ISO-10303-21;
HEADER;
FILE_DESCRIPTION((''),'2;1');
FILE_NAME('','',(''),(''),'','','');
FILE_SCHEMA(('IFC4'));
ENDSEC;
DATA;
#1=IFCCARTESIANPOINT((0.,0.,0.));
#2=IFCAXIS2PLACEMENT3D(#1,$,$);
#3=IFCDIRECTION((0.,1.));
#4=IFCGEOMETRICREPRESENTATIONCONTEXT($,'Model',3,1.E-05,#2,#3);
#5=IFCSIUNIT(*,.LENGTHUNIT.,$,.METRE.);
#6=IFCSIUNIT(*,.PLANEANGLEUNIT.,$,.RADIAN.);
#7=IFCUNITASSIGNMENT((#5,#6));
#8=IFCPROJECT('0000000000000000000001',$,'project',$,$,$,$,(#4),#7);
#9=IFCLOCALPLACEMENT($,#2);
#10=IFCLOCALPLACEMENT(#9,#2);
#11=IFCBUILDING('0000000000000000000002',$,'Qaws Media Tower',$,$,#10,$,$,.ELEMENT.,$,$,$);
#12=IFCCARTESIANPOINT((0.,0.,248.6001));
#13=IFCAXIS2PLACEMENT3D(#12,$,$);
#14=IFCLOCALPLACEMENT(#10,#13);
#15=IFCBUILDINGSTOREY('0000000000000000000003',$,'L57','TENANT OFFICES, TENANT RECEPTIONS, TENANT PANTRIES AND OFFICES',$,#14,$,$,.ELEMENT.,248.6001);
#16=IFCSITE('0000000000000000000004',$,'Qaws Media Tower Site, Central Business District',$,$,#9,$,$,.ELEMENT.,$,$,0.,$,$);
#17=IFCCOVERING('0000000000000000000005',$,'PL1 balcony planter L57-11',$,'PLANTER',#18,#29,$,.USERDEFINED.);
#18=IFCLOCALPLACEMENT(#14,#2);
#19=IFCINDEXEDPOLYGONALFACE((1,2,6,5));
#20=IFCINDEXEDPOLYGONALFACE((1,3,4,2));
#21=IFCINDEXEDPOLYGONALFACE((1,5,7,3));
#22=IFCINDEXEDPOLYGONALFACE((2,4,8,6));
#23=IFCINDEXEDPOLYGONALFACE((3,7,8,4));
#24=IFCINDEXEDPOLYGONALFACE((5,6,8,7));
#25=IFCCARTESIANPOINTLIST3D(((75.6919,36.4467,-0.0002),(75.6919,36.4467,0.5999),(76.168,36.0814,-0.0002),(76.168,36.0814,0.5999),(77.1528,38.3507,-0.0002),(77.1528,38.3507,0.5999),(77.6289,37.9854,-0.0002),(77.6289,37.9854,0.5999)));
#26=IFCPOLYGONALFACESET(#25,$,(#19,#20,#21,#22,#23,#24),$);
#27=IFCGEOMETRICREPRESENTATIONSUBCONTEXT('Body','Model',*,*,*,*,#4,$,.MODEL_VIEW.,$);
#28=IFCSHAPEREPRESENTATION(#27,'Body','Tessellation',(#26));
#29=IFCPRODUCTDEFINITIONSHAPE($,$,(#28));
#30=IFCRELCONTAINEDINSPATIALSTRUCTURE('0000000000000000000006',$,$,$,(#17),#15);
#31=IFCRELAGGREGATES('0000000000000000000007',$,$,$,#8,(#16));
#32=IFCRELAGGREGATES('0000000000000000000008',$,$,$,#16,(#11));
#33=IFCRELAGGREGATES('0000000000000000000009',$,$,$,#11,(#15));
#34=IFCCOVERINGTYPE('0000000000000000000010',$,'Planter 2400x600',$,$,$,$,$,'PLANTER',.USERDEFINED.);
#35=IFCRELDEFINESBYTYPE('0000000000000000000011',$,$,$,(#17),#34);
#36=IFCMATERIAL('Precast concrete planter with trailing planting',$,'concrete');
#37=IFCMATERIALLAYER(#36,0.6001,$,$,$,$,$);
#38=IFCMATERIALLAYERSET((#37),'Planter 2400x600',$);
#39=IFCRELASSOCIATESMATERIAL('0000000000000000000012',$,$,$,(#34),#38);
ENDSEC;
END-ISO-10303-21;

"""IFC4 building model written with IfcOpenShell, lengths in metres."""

from ifc_helpers import new_model, si_unit, direction, frame, origin, origin_2d, place, context, subcontext, project, spatial, rectangle, extrude, material, layer, layer_set, type_object, element, save


model = new_model("IFC4")

# Units and contexts
model_context = context("Model", 3, precision=1e-05, world=origin(), true_north=direction((0.0, 1.0)))
body_context = subcontext(model_context, "Body", "Model", "MODEL_VIEW")
ifc_project = project(units=[si_unit("LENGTHUNIT", "METRE"), si_unit("PLANEANGLEUNIT", "RADIAN")], contexts=[model_context])

# Site, building, storey
site_placement = place(None, origin())
site = spatial("IfcSite", under=ifc_project, at=site_placement, Name="Qaws Media Tower Site, Central Business District", CompositionType="ELEMENT", RefElevation=0.0)
building_placement = place(site_placement, origin())
building = spatial("IfcBuilding", under=site, at=building_placement, Name="Qaws Media Tower", CompositionType="ELEMENT")
storey_placement = place(building_placement, frame((0.0, 0.0, 248.6001)))
storey = spatial("IfcBuildingStorey", under=building, at=storey_placement, Name="L57", Description="TENANT OFFICES, TENANT RECEPTIONS, TENANT PANTRIES AND OFFICES", CompositionType="ELEMENT", Elevation=248.6001)

# Covering
ifc_material_1 = material(Name="Precast concrete planter with trailing planting", Category="concrete")
ifc_layer_1 = layer(ifc_material_1, 0.6001)
ifc_layer_set_1 = layer_set([ifc_layer_1], Name="Planter 2400x600")
covering_type = type_object("IfcCoveringType", Name="Planter 2400x600", ElementType="PLANTER", PredefinedType="USERDEFINED", material=ifc_layer_set_1)
covering_placement = place(storey_placement, frame((76.6604, 37.2161, -0.0002), z_axis=(0.0, 0.0, 1.0), x_axis=(0.608761, 0.793353, 0.0)))
element("IfcCovering", 1, at=covering_placement, inside=storey, type_object=covering_type, Name="PL1 balcony planter L57-11", ObjectType="PLANTER", PredefinedType="USERDEFINED", context=body_context, shape_type="SweptSolid", body=[
    extrude(rectangle(XDim=2.3999, YDim=0.6001, at=origin_2d()), origin(), (0.0, 0.0, 1.0), 0.6001),
])

save(model, "model.ifc")
